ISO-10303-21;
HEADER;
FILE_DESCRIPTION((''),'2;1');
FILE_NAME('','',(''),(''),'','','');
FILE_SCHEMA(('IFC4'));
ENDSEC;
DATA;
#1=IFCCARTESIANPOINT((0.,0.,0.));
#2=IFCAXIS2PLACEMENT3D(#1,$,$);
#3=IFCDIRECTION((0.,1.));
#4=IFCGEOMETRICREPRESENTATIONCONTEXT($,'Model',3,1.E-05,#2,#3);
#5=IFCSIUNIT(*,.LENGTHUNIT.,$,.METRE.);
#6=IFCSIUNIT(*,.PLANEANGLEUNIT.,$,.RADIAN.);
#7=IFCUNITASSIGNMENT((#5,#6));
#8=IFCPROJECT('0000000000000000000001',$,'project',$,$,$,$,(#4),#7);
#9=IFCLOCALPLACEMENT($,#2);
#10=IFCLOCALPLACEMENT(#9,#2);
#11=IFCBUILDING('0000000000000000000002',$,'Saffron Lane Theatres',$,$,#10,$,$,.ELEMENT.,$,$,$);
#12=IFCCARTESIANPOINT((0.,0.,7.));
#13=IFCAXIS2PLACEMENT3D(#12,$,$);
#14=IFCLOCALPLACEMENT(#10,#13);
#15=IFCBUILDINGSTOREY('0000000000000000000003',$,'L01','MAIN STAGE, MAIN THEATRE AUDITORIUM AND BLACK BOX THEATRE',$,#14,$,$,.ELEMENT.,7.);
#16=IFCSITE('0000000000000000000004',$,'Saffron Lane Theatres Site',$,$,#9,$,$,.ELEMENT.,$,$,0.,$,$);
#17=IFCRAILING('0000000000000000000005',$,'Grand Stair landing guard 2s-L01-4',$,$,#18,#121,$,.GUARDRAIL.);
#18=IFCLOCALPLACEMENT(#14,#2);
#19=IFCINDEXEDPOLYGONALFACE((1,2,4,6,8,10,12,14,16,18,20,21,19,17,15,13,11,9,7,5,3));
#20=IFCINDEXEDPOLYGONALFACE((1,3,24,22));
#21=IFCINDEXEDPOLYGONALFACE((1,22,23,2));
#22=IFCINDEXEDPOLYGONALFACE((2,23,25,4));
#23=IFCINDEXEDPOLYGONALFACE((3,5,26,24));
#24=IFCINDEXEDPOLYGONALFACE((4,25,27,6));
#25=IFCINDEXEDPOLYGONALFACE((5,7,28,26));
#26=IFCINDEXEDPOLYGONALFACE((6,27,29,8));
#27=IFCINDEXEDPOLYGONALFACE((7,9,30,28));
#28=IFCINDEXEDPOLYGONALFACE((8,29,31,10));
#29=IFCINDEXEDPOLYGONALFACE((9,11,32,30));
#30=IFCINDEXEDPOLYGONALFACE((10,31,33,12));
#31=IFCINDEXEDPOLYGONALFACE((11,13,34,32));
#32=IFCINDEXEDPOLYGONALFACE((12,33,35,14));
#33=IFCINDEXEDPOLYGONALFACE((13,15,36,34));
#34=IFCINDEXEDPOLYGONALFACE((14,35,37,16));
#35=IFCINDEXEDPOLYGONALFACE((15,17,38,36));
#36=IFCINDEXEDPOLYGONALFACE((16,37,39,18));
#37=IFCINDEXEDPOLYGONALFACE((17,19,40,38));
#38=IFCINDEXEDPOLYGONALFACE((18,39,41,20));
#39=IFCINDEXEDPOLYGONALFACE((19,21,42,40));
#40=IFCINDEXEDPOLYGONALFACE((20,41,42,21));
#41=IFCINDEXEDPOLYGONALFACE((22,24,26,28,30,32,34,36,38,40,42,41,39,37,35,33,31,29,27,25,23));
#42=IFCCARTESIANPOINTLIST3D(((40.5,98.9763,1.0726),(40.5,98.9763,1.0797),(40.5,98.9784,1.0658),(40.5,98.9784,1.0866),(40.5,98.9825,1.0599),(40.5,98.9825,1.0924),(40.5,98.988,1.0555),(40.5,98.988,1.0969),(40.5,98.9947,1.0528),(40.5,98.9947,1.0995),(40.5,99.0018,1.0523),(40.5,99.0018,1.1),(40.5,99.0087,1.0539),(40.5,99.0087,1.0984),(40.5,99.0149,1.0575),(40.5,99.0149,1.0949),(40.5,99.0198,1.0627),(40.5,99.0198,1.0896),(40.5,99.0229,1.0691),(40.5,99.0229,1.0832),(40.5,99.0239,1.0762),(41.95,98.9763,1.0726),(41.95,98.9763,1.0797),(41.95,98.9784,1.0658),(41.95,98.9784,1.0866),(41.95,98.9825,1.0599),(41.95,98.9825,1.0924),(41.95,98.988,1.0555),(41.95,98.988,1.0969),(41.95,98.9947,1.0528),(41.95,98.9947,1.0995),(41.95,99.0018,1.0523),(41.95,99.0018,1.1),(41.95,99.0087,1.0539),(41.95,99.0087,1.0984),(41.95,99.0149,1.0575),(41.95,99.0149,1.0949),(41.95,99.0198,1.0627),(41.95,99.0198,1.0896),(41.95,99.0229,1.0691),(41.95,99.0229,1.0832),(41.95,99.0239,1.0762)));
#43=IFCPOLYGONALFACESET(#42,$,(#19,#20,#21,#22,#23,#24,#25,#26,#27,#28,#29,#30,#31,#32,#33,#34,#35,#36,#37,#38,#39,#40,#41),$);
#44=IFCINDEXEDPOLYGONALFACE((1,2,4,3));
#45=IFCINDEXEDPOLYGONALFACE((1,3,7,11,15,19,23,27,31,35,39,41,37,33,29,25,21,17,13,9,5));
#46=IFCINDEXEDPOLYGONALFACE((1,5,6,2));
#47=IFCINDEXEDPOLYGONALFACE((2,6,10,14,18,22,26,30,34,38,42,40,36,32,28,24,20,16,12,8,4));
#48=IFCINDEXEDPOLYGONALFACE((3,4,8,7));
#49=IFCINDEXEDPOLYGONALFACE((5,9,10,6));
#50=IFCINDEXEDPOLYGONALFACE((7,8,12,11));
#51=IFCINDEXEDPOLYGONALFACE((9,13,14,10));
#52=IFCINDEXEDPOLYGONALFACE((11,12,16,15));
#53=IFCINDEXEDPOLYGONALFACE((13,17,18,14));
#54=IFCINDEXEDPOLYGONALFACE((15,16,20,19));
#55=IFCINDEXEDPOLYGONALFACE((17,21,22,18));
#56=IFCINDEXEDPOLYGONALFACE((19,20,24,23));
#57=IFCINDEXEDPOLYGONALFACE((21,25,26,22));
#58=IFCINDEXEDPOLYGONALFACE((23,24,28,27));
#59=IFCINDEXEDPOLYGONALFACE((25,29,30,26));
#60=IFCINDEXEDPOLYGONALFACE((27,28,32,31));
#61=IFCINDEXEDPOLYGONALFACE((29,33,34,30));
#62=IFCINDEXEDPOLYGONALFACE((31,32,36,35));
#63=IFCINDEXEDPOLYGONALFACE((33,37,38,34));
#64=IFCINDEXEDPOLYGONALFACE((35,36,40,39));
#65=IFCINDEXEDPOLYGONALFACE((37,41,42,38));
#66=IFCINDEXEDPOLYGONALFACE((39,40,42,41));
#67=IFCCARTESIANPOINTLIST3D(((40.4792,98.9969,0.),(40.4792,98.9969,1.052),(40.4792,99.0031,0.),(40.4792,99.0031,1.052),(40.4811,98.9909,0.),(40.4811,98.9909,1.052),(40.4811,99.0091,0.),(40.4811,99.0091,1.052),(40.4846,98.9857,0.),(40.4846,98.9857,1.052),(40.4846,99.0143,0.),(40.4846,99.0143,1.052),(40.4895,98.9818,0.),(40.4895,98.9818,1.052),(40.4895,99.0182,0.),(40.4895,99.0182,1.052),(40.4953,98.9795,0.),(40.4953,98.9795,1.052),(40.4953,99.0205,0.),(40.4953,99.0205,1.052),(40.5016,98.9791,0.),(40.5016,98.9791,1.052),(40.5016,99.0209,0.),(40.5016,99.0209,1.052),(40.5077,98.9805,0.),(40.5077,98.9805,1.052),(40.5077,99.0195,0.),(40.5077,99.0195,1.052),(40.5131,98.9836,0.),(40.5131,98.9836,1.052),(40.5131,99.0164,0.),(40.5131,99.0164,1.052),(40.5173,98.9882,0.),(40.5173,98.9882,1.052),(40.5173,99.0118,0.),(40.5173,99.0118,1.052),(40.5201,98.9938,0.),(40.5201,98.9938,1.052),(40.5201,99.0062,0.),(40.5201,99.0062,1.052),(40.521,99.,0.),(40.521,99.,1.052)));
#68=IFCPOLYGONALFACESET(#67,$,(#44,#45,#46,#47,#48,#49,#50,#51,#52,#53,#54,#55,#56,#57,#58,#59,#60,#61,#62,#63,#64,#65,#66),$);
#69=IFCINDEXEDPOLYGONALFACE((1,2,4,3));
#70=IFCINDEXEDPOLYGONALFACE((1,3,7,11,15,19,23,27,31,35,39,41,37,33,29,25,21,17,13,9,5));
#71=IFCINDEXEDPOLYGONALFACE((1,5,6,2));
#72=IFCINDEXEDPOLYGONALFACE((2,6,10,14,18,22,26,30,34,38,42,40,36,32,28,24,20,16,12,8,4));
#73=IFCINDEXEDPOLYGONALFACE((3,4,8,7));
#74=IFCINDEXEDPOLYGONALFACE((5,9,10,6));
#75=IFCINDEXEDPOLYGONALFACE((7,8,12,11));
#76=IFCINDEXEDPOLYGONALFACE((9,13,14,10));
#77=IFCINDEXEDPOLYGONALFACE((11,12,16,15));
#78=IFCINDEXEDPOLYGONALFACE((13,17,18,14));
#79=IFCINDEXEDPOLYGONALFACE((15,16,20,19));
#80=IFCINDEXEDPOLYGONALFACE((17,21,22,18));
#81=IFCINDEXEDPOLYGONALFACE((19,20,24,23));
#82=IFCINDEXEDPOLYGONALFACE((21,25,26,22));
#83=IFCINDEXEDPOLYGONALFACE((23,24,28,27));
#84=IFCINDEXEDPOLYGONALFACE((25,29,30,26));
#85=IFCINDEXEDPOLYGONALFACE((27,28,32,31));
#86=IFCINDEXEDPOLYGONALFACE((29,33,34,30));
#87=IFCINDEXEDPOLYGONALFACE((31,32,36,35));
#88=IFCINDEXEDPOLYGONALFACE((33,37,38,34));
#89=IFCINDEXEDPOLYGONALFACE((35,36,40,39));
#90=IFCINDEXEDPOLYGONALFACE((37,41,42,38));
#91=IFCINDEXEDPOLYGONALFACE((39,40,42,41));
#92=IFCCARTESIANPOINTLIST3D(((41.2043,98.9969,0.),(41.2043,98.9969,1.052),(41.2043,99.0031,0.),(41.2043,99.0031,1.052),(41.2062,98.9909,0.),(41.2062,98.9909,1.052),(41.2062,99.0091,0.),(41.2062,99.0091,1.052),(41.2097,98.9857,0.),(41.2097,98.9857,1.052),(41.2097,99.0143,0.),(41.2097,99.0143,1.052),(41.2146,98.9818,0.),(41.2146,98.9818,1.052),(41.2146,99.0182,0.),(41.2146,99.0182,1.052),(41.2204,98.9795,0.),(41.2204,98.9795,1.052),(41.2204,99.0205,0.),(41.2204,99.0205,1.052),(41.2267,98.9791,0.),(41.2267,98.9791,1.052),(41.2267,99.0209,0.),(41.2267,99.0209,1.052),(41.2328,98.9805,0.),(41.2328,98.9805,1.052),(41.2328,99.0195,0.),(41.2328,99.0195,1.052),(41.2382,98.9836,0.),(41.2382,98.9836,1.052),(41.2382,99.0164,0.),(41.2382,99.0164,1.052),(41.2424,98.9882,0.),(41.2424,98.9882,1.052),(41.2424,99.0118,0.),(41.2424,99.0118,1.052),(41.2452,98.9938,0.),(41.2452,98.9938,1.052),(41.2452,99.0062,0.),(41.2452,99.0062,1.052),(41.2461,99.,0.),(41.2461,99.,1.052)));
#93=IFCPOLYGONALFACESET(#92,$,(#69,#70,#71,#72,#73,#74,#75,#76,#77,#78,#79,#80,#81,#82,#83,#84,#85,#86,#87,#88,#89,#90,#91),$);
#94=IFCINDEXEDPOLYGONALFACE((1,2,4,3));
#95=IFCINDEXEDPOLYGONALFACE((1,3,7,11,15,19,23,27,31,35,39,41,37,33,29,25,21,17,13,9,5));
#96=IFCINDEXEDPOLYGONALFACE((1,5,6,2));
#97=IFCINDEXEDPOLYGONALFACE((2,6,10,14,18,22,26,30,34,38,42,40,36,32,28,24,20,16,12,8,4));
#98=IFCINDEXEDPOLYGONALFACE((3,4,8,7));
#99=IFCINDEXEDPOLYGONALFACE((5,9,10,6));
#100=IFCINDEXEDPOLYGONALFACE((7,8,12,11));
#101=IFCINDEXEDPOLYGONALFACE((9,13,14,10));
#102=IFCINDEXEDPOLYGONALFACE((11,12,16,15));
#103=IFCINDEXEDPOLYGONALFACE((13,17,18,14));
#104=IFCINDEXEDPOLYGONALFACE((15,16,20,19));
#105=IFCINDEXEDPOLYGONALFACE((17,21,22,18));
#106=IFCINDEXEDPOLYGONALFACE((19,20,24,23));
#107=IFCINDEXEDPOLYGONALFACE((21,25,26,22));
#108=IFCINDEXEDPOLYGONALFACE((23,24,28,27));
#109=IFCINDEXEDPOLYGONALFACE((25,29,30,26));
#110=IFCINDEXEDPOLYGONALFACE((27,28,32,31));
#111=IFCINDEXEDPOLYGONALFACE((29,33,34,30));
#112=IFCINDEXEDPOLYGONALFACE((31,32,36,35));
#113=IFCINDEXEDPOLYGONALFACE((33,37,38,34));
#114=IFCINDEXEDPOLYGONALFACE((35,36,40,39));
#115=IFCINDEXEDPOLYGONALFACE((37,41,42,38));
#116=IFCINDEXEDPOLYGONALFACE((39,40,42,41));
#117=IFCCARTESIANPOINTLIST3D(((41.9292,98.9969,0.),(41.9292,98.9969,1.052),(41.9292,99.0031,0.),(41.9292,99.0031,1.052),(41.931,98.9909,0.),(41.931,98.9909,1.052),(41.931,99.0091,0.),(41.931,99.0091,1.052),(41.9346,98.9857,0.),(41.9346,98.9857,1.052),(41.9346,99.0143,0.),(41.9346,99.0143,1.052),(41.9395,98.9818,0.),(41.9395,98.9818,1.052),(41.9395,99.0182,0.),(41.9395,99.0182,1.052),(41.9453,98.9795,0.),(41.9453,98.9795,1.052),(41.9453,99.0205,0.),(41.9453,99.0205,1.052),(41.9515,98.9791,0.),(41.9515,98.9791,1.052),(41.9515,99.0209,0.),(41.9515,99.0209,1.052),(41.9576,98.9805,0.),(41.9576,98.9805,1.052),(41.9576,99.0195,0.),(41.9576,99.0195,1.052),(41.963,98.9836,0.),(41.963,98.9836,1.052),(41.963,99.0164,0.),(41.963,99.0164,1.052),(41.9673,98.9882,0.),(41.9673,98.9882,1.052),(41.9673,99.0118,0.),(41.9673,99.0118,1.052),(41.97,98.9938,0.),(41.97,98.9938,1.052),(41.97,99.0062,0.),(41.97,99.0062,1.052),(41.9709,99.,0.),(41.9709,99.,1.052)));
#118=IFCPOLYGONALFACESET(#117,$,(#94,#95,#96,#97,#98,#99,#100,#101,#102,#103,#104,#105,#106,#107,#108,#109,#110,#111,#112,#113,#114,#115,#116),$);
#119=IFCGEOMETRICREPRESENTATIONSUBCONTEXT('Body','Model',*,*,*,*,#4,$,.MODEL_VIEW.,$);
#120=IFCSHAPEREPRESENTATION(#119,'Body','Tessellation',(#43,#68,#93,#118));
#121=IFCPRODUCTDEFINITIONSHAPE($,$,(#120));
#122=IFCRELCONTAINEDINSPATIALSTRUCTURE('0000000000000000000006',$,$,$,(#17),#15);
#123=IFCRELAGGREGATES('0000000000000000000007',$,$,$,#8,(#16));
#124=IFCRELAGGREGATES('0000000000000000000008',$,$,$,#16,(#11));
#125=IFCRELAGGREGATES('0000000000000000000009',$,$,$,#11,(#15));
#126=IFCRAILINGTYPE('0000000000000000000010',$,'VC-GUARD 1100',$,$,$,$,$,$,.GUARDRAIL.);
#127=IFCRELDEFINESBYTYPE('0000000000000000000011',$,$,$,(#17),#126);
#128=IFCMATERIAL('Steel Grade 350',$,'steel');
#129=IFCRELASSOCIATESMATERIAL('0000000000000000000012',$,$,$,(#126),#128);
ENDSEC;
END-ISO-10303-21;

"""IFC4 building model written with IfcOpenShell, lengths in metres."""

from ifc_helpers import new_model, si_unit, direction, frame, origin, origin_2d, place, context, subcontext, project, spatial, circle, extrude, material, type_object, element, save


model = new_model("IFC4")

# Units and contexts
model_context = context("Model", 3, precision=1e-05, world=origin(), true_north=direction((0.0, 1.0)))
body_context = subcontext(model_context, "Body", "Model", "MODEL_VIEW")
ifc_project = project(units=[si_unit("LENGTHUNIT", "METRE"), si_unit("PLANEANGLEUNIT", "RADIAN")], contexts=[model_context])

# Site, building, storey
site_placement = place(None, origin())
site = spatial("IfcSite", under=ifc_project, at=site_placement, Name="Saffron Lane Theatres Site", CompositionType="ELEMENT", RefElevation=0.0)
building_placement = place(site_placement, origin())
building = spatial("IfcBuilding", under=site, at=building_placement, Name="Saffron Lane Theatres", CompositionType="ELEMENT")
storey_placement = place(building_placement, frame((0.0, 0.0, 7.0)))
storey = spatial("IfcBuildingStorey", under=building, at=storey_placement, Name="L01", Description="MAIN STAGE, MAIN THEATRE AUDITORIUM AND BLACK BOX THEATRE", CompositionType="ELEMENT", Elevation=7.0)

# Railing
ifc_material_1 = material(Name="Steel Grade 350", Category="steel")
railing_type_1 = type_object("IfcRailingType", Name="VC-GUARD 1100", PredefinedType="GUARDRAIL", material=ifc_material_1)
railing_1_placement = place(storey_placement, frame((40.5, 99.0, 0.0)))
element("IfcRailing", 1, at=railing_1_placement, inside=storey, type_object=railing_type_1, Name="Grand Stair landing guard 2s-L01-4", PredefinedType="GUARDRAIL", context=body_context, shape_type="SweptSolid", body=[
    extrude(circle(Radius=0.0239, at=origin_2d()), frame((0.0, 0.0, 1.0762), z_axis=(1.0, 0.0, 0.0), x_axis=(0.0, 1.0, 0.0)), (0.0, 0.0, 1.0), 1.45),
    extrude(circle(Radius=0.021, at=origin_2d()), origin(), (0.0, 0.0, 1.0), 1.052),
    extrude(circle(Radius=0.021, at=origin_2d()), frame((0.7251, 0.0, 0.0)), (0.0, 0.0, 1.0), 1.052),
    extrude(circle(Radius=0.021, at=origin_2d()), frame((1.45, 0.0, 0.0)), (0.0, 0.0, 1.0), 1.052),
])

save(model, "model.ifc")
